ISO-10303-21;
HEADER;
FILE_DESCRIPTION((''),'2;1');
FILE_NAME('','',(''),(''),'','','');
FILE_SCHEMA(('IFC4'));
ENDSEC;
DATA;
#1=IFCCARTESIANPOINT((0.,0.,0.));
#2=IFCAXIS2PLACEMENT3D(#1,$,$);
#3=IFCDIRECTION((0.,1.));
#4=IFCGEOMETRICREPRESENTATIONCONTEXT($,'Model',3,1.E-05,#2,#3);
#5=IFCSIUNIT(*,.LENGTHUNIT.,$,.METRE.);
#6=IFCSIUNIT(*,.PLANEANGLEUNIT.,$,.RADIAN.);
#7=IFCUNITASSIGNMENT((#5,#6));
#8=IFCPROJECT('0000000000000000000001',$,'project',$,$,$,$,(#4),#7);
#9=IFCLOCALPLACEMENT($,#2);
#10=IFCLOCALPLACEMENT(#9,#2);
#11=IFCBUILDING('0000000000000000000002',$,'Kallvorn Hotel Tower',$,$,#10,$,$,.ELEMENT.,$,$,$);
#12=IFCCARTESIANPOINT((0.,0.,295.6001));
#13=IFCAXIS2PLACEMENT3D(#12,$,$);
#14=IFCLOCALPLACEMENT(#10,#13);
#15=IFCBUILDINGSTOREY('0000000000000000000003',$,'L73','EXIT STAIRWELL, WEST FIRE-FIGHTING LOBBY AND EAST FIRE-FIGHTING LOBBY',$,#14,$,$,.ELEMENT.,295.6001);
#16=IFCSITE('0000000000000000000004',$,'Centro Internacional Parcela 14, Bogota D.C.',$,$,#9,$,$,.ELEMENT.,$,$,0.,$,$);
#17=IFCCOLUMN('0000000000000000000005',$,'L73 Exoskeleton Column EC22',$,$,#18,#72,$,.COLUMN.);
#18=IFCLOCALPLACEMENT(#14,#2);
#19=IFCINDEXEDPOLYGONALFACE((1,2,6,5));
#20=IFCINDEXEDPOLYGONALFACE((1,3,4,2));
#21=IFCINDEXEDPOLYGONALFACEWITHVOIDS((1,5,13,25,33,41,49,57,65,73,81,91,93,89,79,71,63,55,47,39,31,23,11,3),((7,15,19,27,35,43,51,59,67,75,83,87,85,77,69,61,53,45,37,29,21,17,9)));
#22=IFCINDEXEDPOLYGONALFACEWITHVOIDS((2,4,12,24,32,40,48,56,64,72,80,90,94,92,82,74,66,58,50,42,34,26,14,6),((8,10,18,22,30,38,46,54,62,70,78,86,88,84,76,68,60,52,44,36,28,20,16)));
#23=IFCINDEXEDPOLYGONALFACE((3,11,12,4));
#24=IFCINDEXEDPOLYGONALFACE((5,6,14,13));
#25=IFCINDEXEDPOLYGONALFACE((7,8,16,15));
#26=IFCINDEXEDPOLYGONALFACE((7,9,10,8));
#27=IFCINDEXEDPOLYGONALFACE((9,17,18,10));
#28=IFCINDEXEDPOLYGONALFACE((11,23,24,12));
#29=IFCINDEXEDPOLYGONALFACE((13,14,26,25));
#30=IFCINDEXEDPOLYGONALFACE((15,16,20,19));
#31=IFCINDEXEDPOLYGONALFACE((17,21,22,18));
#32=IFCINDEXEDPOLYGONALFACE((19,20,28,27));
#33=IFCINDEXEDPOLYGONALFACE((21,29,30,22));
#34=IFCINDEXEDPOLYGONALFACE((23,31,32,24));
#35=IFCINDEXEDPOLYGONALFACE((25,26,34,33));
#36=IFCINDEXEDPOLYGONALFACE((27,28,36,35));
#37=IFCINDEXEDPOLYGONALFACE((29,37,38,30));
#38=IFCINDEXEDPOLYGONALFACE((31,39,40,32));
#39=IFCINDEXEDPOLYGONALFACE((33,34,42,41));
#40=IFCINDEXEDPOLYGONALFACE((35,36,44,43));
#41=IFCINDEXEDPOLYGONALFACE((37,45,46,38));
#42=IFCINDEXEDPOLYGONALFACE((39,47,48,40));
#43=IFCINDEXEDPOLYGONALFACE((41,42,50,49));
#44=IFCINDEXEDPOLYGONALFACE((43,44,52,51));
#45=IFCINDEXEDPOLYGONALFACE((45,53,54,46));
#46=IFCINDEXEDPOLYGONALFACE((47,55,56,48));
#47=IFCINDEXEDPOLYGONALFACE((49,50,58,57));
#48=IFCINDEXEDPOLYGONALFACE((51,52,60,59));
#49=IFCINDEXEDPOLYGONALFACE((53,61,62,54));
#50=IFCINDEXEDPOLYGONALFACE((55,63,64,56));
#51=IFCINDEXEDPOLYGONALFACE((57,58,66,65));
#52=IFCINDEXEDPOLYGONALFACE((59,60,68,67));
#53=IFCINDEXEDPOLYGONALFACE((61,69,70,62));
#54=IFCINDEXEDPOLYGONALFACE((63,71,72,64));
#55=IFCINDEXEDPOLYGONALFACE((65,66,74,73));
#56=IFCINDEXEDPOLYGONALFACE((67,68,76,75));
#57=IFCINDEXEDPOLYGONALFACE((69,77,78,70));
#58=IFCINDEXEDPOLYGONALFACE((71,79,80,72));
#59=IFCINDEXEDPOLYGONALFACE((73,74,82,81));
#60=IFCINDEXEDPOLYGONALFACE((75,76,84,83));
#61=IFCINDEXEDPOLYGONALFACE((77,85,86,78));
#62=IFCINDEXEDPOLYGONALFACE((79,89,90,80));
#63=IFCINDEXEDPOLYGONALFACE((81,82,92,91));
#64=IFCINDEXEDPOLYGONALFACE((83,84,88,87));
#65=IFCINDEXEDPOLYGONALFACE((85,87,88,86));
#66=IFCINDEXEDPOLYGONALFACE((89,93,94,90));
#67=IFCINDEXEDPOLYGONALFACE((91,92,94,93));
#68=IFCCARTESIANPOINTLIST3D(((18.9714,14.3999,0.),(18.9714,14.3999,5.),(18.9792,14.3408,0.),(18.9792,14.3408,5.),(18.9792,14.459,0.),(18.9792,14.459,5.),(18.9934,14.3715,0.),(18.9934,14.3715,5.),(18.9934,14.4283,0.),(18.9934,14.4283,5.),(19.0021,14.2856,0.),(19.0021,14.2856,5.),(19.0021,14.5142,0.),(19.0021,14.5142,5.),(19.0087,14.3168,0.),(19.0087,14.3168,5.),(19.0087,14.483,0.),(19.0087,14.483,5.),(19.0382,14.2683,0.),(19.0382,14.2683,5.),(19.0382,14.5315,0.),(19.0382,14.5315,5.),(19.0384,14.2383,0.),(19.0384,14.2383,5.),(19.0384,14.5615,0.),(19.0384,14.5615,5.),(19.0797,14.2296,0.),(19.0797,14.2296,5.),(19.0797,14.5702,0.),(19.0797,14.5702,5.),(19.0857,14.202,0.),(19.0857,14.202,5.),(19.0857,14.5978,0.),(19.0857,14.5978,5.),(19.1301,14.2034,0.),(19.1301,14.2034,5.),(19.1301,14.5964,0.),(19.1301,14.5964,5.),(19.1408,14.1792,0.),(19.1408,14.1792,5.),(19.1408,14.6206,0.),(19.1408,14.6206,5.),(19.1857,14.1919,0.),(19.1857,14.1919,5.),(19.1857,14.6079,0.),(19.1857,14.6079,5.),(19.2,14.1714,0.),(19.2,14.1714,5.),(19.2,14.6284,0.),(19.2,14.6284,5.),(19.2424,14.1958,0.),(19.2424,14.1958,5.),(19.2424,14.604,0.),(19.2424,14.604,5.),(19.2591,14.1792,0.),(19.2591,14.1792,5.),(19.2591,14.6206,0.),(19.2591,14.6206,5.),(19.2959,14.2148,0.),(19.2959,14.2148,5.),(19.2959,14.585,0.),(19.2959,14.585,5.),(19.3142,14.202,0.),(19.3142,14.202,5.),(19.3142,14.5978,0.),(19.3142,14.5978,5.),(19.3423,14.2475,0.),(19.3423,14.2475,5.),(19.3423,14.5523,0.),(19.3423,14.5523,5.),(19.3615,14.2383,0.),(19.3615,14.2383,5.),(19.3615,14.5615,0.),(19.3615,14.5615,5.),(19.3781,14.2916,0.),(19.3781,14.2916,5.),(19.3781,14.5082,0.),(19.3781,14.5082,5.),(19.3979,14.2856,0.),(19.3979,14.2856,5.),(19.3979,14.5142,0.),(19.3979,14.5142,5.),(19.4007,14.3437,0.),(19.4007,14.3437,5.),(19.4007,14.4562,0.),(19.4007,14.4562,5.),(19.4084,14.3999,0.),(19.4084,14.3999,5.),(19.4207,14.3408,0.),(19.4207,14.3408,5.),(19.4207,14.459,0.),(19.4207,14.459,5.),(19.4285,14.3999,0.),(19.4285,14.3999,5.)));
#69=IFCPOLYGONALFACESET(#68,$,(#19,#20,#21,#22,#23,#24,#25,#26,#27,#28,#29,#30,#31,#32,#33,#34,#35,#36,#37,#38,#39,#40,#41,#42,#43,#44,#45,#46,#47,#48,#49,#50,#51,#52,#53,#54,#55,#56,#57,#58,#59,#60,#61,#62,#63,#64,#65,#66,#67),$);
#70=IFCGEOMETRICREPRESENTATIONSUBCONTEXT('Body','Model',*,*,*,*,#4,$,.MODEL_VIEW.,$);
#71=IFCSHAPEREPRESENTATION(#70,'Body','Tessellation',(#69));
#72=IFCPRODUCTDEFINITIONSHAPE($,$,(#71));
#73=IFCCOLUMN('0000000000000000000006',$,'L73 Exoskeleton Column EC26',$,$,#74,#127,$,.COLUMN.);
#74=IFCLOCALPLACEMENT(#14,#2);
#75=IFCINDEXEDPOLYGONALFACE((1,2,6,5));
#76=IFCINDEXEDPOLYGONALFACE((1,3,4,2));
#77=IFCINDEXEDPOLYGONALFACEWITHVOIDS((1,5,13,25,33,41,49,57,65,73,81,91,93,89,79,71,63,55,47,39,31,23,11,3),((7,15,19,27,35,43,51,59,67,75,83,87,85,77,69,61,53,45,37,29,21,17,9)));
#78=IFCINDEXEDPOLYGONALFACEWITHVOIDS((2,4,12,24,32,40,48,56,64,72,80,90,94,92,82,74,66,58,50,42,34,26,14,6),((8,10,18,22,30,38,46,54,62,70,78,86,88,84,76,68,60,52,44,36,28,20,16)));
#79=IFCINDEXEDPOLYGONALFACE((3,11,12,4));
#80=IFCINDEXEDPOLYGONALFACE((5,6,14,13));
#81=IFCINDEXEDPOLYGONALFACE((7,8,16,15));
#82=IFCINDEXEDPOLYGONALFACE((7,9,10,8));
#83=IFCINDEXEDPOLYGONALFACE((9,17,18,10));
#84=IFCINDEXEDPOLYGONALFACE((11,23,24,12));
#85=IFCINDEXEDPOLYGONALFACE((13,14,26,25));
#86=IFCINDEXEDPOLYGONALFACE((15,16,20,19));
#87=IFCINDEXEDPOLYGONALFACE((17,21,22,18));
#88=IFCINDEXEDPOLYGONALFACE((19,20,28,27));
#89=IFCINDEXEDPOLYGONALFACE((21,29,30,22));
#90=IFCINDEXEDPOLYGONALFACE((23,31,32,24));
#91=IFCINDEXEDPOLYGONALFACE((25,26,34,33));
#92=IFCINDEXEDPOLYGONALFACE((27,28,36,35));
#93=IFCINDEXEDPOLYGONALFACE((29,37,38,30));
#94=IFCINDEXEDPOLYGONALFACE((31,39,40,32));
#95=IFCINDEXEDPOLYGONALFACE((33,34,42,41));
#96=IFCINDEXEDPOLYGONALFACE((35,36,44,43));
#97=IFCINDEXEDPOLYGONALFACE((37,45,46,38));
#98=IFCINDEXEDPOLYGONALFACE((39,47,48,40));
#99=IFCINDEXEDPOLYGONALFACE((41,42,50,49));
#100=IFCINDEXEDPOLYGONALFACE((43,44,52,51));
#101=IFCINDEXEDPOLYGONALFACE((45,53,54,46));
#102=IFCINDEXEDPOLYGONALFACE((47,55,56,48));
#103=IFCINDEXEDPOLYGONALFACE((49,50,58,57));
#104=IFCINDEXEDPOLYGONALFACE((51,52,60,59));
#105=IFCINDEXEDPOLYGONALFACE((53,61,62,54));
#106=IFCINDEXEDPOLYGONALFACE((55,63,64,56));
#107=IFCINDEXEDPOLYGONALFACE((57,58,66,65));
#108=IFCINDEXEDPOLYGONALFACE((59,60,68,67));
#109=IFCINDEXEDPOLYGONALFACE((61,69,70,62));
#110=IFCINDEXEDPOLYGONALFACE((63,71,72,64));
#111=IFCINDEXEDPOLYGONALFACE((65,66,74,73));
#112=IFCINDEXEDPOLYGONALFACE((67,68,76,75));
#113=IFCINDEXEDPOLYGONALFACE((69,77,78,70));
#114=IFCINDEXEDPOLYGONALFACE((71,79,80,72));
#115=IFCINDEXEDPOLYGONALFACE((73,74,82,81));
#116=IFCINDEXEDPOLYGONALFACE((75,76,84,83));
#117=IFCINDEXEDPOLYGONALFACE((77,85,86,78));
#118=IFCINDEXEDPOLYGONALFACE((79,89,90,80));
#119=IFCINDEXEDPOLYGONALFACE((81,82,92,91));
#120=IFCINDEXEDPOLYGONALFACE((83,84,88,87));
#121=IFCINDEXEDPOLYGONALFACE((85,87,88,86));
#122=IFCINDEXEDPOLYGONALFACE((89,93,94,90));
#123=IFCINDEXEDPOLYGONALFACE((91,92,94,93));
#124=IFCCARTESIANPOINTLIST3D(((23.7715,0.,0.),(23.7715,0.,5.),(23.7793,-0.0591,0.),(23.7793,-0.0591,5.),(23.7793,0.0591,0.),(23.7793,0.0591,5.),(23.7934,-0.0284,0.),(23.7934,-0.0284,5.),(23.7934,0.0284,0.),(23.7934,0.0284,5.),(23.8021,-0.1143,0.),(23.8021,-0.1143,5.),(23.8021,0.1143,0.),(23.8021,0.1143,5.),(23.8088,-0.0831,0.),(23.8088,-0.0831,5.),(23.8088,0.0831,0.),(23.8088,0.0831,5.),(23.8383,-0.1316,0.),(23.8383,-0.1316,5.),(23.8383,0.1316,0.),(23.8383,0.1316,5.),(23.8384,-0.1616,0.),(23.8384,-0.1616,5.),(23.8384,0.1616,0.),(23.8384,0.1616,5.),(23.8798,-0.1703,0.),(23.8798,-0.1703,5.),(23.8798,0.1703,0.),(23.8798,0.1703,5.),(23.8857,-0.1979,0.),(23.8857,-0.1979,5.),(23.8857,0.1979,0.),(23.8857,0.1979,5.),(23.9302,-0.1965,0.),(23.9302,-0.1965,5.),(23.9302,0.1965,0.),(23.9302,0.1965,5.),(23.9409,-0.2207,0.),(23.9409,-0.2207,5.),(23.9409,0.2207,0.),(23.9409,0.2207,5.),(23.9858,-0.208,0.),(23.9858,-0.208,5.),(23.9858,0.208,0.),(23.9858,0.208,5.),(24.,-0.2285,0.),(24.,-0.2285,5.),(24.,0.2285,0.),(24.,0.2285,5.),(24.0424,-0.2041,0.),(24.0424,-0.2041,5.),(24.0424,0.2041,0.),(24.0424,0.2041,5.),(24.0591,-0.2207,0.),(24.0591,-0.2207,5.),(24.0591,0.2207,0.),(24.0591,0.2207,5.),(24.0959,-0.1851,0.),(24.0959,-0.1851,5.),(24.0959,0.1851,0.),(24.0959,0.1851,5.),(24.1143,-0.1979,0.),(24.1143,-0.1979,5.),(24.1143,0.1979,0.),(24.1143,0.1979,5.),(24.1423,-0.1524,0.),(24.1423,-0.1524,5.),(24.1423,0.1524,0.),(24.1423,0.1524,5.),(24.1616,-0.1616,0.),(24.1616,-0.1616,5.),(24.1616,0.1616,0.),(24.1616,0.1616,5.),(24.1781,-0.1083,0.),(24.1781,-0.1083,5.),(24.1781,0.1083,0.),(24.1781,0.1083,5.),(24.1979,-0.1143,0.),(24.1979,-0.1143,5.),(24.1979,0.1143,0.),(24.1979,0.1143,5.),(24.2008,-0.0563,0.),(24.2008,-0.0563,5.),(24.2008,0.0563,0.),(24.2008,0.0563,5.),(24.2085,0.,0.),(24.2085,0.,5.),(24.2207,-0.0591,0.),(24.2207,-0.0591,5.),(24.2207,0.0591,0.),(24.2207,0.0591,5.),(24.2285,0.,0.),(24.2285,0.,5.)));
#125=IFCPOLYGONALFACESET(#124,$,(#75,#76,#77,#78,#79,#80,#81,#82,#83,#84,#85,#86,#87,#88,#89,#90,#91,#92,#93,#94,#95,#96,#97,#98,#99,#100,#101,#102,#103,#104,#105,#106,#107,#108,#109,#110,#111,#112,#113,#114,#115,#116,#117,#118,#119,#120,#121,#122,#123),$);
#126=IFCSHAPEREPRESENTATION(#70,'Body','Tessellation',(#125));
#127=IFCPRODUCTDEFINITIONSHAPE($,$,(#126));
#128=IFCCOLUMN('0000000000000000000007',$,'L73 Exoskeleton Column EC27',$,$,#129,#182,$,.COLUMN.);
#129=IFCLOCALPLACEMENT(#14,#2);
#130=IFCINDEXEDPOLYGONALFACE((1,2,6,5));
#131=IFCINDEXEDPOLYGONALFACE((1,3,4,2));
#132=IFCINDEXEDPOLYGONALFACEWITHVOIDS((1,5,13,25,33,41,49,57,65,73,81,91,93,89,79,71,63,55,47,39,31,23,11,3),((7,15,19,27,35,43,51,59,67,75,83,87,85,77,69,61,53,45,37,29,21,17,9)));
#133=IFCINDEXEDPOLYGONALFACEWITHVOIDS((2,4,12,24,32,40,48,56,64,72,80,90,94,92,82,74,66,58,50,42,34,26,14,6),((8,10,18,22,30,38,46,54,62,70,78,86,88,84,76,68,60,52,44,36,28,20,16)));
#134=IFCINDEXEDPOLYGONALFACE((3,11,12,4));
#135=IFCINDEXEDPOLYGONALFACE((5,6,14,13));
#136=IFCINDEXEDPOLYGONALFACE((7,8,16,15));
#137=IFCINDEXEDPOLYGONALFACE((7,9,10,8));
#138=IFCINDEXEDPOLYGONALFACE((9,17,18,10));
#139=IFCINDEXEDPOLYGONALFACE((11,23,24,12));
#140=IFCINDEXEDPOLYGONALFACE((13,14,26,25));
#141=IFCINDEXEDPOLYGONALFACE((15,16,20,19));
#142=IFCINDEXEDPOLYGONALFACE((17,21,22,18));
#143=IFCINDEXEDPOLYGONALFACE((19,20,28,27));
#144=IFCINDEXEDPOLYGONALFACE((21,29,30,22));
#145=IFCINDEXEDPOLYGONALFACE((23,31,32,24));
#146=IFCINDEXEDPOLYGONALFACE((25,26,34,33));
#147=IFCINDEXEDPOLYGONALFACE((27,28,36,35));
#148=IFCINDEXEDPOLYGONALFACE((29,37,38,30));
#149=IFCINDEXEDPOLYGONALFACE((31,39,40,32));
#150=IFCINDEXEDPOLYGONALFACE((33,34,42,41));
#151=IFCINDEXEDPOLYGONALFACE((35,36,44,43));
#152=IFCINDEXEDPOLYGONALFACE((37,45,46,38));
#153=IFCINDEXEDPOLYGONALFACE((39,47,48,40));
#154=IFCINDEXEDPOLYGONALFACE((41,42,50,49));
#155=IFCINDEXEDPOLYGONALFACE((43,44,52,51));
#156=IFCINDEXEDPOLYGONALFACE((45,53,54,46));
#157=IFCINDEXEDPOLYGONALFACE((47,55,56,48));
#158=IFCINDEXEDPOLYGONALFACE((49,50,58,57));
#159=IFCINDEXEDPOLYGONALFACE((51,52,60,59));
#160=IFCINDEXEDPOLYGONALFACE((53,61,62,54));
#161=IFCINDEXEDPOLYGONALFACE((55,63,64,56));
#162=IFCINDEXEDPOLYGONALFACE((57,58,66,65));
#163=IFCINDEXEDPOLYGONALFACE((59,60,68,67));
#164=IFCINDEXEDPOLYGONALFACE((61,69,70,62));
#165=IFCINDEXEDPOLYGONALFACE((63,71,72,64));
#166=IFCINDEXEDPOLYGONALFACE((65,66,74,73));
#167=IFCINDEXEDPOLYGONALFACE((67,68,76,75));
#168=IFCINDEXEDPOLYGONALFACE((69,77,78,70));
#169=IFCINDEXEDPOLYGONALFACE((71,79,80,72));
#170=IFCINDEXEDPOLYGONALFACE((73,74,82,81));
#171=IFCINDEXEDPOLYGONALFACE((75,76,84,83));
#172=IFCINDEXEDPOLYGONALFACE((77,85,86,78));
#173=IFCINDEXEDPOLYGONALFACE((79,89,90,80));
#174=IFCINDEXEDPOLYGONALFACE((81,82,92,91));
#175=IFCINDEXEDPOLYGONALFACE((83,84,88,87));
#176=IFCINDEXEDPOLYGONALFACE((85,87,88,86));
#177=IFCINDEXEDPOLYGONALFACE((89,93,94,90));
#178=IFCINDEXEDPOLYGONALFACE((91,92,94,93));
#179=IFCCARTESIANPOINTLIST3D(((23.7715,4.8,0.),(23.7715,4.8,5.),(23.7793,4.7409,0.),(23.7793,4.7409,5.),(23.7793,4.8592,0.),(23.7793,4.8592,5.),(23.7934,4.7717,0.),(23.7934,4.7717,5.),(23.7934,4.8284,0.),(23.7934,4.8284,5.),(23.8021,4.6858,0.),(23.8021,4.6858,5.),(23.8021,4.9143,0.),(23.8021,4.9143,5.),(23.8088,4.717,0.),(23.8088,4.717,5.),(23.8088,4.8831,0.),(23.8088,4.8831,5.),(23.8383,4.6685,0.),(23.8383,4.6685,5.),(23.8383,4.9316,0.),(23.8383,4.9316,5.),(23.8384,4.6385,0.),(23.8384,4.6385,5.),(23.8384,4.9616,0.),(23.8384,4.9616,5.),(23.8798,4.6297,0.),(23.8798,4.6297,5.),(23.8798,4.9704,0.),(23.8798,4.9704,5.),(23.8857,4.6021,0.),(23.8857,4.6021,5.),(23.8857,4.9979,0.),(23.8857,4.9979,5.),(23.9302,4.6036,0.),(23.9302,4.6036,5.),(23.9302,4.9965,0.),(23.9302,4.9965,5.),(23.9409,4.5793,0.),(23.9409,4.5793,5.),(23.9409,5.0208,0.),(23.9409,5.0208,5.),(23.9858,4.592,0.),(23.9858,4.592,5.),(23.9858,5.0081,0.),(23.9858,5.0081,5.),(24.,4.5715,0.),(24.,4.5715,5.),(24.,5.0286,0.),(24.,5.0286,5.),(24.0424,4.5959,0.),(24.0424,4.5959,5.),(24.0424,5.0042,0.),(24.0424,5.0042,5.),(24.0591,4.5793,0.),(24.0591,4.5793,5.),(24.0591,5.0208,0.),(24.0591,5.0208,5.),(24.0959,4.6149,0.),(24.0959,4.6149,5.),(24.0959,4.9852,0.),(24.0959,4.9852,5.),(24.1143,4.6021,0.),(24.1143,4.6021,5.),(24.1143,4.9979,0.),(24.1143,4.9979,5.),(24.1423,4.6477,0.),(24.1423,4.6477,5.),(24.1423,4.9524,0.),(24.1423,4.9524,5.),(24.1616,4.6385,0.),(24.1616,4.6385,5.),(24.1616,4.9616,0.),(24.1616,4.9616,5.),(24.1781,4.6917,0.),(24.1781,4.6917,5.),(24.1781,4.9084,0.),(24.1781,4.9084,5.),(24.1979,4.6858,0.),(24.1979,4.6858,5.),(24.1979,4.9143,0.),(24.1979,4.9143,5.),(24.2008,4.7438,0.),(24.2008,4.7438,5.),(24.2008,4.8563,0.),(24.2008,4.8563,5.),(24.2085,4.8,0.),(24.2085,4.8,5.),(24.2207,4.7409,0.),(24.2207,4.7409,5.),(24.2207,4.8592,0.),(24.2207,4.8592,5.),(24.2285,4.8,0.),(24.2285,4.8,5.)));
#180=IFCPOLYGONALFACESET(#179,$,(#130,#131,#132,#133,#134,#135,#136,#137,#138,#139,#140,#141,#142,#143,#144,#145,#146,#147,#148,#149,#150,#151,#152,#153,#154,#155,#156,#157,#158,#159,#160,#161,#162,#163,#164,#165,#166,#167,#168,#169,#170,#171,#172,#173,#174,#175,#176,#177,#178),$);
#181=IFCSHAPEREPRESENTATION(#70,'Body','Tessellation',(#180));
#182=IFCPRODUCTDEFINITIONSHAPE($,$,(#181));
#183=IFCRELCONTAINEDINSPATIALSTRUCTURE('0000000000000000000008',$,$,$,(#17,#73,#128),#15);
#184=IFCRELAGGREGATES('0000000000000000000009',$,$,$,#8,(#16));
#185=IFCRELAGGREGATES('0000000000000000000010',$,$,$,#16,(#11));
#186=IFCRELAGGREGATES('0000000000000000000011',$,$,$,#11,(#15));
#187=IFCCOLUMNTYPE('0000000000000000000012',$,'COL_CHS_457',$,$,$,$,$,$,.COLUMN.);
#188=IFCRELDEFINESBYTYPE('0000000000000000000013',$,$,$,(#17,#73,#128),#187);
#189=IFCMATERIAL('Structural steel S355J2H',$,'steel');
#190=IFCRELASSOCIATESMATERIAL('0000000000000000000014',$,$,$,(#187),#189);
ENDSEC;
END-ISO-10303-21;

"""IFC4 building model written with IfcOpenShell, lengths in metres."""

from ifc_helpers import new_model, si_unit, direction, frame, origin, origin_2d, place, context, subcontext, project, spatial, hollow_circle, extrude, material, material_profile, profile_set, type_object, element, save


model = new_model("IFC4")

# Units and contexts
model_context = context("Model", 3, precision=1e-05, world=origin(), true_north=direction((0.0, 1.0)))
body_context = subcontext(model_context, "Body", "Model", "MODEL_VIEW")
ifc_project = project(units=[si_unit("LENGTHUNIT", "METRE"), si_unit("PLANEANGLEUNIT", "RADIAN")], contexts=[model_context])

# Site, building, storey
site_placement = place(None, origin())
site = spatial("IfcSite", under=ifc_project, at=site_placement, Name="Centro Internacional Parcela 14, Bogota D.C.", CompositionType="ELEMENT", RefElevation=0.0)
building_placement = place(site_placement, origin())
building = spatial("IfcBuilding", under=site, at=building_placement, Name="Kallvorn Hotel Tower", CompositionType="ELEMENT")
storey_placement = place(building_placement, frame((0.0, 0.0, 295.6001)))
storey = spatial("IfcBuildingStorey", under=building, at=storey_placement, Name="L73", Description="EXIT STAIRWELL, WEST FIRE-FIGHTING LOBBY AND EAST FIRE-FIGHTING LOBBY", CompositionType="ELEMENT", Elevation=295.6001)

# Columns
ifc_material_1 = material(Name="Structural steel S355J2H", Category="steel")
ifc_material_profile_1 = material_profile(ifc_material_1, hollow_circle(Radius=0.2285, WallThickness=0.02, at=origin_2d()), Name="CHS 457x20")
ifc_profile_set_1 = profile_set([ifc_material_profile_1], Name="Structural steel S355J2H")
column_type_1 = type_object("IfcColumnType", Name="COL_CHS_457", PredefinedType="COLUMN", material=ifc_profile_set_1)
for number, where, z_axis, x_axis, name in (
    (1, (19.2, 14.3999, 0.0), (0.0, 0.0, 1.0), (1.0, 0.0, 0.0), "L73 Exoskeleton Column EC22"),
    (2, (24.0, 0.0, 0.0), (0.0, 0.0, 1.0), (1.0, 0.0, 0.0), "L73 Exoskeleton Column EC26"),
    (3, (24.0, 4.8, 0.0), (0.0, 0.0, 1.0), (1.0, 0.0, 0.0), "L73 Exoskeleton Column EC27"),
):
    element("IfcColumn", number, at=place(storey_placement, frame(where, z_axis=z_axis, x_axis=x_axis)), inside=storey, type_object=column_type_1, Name=name, PredefinedType="COLUMN", context=body_context, shape_type="SweptSolid", body=[
        extrude(hollow_circle(Radius=0.2285, WallThickness=0.02, at=origin_2d()), origin(), (0.0, 0.0, 1.0), 5.0),
    ])

save(model, "model.ifc")
